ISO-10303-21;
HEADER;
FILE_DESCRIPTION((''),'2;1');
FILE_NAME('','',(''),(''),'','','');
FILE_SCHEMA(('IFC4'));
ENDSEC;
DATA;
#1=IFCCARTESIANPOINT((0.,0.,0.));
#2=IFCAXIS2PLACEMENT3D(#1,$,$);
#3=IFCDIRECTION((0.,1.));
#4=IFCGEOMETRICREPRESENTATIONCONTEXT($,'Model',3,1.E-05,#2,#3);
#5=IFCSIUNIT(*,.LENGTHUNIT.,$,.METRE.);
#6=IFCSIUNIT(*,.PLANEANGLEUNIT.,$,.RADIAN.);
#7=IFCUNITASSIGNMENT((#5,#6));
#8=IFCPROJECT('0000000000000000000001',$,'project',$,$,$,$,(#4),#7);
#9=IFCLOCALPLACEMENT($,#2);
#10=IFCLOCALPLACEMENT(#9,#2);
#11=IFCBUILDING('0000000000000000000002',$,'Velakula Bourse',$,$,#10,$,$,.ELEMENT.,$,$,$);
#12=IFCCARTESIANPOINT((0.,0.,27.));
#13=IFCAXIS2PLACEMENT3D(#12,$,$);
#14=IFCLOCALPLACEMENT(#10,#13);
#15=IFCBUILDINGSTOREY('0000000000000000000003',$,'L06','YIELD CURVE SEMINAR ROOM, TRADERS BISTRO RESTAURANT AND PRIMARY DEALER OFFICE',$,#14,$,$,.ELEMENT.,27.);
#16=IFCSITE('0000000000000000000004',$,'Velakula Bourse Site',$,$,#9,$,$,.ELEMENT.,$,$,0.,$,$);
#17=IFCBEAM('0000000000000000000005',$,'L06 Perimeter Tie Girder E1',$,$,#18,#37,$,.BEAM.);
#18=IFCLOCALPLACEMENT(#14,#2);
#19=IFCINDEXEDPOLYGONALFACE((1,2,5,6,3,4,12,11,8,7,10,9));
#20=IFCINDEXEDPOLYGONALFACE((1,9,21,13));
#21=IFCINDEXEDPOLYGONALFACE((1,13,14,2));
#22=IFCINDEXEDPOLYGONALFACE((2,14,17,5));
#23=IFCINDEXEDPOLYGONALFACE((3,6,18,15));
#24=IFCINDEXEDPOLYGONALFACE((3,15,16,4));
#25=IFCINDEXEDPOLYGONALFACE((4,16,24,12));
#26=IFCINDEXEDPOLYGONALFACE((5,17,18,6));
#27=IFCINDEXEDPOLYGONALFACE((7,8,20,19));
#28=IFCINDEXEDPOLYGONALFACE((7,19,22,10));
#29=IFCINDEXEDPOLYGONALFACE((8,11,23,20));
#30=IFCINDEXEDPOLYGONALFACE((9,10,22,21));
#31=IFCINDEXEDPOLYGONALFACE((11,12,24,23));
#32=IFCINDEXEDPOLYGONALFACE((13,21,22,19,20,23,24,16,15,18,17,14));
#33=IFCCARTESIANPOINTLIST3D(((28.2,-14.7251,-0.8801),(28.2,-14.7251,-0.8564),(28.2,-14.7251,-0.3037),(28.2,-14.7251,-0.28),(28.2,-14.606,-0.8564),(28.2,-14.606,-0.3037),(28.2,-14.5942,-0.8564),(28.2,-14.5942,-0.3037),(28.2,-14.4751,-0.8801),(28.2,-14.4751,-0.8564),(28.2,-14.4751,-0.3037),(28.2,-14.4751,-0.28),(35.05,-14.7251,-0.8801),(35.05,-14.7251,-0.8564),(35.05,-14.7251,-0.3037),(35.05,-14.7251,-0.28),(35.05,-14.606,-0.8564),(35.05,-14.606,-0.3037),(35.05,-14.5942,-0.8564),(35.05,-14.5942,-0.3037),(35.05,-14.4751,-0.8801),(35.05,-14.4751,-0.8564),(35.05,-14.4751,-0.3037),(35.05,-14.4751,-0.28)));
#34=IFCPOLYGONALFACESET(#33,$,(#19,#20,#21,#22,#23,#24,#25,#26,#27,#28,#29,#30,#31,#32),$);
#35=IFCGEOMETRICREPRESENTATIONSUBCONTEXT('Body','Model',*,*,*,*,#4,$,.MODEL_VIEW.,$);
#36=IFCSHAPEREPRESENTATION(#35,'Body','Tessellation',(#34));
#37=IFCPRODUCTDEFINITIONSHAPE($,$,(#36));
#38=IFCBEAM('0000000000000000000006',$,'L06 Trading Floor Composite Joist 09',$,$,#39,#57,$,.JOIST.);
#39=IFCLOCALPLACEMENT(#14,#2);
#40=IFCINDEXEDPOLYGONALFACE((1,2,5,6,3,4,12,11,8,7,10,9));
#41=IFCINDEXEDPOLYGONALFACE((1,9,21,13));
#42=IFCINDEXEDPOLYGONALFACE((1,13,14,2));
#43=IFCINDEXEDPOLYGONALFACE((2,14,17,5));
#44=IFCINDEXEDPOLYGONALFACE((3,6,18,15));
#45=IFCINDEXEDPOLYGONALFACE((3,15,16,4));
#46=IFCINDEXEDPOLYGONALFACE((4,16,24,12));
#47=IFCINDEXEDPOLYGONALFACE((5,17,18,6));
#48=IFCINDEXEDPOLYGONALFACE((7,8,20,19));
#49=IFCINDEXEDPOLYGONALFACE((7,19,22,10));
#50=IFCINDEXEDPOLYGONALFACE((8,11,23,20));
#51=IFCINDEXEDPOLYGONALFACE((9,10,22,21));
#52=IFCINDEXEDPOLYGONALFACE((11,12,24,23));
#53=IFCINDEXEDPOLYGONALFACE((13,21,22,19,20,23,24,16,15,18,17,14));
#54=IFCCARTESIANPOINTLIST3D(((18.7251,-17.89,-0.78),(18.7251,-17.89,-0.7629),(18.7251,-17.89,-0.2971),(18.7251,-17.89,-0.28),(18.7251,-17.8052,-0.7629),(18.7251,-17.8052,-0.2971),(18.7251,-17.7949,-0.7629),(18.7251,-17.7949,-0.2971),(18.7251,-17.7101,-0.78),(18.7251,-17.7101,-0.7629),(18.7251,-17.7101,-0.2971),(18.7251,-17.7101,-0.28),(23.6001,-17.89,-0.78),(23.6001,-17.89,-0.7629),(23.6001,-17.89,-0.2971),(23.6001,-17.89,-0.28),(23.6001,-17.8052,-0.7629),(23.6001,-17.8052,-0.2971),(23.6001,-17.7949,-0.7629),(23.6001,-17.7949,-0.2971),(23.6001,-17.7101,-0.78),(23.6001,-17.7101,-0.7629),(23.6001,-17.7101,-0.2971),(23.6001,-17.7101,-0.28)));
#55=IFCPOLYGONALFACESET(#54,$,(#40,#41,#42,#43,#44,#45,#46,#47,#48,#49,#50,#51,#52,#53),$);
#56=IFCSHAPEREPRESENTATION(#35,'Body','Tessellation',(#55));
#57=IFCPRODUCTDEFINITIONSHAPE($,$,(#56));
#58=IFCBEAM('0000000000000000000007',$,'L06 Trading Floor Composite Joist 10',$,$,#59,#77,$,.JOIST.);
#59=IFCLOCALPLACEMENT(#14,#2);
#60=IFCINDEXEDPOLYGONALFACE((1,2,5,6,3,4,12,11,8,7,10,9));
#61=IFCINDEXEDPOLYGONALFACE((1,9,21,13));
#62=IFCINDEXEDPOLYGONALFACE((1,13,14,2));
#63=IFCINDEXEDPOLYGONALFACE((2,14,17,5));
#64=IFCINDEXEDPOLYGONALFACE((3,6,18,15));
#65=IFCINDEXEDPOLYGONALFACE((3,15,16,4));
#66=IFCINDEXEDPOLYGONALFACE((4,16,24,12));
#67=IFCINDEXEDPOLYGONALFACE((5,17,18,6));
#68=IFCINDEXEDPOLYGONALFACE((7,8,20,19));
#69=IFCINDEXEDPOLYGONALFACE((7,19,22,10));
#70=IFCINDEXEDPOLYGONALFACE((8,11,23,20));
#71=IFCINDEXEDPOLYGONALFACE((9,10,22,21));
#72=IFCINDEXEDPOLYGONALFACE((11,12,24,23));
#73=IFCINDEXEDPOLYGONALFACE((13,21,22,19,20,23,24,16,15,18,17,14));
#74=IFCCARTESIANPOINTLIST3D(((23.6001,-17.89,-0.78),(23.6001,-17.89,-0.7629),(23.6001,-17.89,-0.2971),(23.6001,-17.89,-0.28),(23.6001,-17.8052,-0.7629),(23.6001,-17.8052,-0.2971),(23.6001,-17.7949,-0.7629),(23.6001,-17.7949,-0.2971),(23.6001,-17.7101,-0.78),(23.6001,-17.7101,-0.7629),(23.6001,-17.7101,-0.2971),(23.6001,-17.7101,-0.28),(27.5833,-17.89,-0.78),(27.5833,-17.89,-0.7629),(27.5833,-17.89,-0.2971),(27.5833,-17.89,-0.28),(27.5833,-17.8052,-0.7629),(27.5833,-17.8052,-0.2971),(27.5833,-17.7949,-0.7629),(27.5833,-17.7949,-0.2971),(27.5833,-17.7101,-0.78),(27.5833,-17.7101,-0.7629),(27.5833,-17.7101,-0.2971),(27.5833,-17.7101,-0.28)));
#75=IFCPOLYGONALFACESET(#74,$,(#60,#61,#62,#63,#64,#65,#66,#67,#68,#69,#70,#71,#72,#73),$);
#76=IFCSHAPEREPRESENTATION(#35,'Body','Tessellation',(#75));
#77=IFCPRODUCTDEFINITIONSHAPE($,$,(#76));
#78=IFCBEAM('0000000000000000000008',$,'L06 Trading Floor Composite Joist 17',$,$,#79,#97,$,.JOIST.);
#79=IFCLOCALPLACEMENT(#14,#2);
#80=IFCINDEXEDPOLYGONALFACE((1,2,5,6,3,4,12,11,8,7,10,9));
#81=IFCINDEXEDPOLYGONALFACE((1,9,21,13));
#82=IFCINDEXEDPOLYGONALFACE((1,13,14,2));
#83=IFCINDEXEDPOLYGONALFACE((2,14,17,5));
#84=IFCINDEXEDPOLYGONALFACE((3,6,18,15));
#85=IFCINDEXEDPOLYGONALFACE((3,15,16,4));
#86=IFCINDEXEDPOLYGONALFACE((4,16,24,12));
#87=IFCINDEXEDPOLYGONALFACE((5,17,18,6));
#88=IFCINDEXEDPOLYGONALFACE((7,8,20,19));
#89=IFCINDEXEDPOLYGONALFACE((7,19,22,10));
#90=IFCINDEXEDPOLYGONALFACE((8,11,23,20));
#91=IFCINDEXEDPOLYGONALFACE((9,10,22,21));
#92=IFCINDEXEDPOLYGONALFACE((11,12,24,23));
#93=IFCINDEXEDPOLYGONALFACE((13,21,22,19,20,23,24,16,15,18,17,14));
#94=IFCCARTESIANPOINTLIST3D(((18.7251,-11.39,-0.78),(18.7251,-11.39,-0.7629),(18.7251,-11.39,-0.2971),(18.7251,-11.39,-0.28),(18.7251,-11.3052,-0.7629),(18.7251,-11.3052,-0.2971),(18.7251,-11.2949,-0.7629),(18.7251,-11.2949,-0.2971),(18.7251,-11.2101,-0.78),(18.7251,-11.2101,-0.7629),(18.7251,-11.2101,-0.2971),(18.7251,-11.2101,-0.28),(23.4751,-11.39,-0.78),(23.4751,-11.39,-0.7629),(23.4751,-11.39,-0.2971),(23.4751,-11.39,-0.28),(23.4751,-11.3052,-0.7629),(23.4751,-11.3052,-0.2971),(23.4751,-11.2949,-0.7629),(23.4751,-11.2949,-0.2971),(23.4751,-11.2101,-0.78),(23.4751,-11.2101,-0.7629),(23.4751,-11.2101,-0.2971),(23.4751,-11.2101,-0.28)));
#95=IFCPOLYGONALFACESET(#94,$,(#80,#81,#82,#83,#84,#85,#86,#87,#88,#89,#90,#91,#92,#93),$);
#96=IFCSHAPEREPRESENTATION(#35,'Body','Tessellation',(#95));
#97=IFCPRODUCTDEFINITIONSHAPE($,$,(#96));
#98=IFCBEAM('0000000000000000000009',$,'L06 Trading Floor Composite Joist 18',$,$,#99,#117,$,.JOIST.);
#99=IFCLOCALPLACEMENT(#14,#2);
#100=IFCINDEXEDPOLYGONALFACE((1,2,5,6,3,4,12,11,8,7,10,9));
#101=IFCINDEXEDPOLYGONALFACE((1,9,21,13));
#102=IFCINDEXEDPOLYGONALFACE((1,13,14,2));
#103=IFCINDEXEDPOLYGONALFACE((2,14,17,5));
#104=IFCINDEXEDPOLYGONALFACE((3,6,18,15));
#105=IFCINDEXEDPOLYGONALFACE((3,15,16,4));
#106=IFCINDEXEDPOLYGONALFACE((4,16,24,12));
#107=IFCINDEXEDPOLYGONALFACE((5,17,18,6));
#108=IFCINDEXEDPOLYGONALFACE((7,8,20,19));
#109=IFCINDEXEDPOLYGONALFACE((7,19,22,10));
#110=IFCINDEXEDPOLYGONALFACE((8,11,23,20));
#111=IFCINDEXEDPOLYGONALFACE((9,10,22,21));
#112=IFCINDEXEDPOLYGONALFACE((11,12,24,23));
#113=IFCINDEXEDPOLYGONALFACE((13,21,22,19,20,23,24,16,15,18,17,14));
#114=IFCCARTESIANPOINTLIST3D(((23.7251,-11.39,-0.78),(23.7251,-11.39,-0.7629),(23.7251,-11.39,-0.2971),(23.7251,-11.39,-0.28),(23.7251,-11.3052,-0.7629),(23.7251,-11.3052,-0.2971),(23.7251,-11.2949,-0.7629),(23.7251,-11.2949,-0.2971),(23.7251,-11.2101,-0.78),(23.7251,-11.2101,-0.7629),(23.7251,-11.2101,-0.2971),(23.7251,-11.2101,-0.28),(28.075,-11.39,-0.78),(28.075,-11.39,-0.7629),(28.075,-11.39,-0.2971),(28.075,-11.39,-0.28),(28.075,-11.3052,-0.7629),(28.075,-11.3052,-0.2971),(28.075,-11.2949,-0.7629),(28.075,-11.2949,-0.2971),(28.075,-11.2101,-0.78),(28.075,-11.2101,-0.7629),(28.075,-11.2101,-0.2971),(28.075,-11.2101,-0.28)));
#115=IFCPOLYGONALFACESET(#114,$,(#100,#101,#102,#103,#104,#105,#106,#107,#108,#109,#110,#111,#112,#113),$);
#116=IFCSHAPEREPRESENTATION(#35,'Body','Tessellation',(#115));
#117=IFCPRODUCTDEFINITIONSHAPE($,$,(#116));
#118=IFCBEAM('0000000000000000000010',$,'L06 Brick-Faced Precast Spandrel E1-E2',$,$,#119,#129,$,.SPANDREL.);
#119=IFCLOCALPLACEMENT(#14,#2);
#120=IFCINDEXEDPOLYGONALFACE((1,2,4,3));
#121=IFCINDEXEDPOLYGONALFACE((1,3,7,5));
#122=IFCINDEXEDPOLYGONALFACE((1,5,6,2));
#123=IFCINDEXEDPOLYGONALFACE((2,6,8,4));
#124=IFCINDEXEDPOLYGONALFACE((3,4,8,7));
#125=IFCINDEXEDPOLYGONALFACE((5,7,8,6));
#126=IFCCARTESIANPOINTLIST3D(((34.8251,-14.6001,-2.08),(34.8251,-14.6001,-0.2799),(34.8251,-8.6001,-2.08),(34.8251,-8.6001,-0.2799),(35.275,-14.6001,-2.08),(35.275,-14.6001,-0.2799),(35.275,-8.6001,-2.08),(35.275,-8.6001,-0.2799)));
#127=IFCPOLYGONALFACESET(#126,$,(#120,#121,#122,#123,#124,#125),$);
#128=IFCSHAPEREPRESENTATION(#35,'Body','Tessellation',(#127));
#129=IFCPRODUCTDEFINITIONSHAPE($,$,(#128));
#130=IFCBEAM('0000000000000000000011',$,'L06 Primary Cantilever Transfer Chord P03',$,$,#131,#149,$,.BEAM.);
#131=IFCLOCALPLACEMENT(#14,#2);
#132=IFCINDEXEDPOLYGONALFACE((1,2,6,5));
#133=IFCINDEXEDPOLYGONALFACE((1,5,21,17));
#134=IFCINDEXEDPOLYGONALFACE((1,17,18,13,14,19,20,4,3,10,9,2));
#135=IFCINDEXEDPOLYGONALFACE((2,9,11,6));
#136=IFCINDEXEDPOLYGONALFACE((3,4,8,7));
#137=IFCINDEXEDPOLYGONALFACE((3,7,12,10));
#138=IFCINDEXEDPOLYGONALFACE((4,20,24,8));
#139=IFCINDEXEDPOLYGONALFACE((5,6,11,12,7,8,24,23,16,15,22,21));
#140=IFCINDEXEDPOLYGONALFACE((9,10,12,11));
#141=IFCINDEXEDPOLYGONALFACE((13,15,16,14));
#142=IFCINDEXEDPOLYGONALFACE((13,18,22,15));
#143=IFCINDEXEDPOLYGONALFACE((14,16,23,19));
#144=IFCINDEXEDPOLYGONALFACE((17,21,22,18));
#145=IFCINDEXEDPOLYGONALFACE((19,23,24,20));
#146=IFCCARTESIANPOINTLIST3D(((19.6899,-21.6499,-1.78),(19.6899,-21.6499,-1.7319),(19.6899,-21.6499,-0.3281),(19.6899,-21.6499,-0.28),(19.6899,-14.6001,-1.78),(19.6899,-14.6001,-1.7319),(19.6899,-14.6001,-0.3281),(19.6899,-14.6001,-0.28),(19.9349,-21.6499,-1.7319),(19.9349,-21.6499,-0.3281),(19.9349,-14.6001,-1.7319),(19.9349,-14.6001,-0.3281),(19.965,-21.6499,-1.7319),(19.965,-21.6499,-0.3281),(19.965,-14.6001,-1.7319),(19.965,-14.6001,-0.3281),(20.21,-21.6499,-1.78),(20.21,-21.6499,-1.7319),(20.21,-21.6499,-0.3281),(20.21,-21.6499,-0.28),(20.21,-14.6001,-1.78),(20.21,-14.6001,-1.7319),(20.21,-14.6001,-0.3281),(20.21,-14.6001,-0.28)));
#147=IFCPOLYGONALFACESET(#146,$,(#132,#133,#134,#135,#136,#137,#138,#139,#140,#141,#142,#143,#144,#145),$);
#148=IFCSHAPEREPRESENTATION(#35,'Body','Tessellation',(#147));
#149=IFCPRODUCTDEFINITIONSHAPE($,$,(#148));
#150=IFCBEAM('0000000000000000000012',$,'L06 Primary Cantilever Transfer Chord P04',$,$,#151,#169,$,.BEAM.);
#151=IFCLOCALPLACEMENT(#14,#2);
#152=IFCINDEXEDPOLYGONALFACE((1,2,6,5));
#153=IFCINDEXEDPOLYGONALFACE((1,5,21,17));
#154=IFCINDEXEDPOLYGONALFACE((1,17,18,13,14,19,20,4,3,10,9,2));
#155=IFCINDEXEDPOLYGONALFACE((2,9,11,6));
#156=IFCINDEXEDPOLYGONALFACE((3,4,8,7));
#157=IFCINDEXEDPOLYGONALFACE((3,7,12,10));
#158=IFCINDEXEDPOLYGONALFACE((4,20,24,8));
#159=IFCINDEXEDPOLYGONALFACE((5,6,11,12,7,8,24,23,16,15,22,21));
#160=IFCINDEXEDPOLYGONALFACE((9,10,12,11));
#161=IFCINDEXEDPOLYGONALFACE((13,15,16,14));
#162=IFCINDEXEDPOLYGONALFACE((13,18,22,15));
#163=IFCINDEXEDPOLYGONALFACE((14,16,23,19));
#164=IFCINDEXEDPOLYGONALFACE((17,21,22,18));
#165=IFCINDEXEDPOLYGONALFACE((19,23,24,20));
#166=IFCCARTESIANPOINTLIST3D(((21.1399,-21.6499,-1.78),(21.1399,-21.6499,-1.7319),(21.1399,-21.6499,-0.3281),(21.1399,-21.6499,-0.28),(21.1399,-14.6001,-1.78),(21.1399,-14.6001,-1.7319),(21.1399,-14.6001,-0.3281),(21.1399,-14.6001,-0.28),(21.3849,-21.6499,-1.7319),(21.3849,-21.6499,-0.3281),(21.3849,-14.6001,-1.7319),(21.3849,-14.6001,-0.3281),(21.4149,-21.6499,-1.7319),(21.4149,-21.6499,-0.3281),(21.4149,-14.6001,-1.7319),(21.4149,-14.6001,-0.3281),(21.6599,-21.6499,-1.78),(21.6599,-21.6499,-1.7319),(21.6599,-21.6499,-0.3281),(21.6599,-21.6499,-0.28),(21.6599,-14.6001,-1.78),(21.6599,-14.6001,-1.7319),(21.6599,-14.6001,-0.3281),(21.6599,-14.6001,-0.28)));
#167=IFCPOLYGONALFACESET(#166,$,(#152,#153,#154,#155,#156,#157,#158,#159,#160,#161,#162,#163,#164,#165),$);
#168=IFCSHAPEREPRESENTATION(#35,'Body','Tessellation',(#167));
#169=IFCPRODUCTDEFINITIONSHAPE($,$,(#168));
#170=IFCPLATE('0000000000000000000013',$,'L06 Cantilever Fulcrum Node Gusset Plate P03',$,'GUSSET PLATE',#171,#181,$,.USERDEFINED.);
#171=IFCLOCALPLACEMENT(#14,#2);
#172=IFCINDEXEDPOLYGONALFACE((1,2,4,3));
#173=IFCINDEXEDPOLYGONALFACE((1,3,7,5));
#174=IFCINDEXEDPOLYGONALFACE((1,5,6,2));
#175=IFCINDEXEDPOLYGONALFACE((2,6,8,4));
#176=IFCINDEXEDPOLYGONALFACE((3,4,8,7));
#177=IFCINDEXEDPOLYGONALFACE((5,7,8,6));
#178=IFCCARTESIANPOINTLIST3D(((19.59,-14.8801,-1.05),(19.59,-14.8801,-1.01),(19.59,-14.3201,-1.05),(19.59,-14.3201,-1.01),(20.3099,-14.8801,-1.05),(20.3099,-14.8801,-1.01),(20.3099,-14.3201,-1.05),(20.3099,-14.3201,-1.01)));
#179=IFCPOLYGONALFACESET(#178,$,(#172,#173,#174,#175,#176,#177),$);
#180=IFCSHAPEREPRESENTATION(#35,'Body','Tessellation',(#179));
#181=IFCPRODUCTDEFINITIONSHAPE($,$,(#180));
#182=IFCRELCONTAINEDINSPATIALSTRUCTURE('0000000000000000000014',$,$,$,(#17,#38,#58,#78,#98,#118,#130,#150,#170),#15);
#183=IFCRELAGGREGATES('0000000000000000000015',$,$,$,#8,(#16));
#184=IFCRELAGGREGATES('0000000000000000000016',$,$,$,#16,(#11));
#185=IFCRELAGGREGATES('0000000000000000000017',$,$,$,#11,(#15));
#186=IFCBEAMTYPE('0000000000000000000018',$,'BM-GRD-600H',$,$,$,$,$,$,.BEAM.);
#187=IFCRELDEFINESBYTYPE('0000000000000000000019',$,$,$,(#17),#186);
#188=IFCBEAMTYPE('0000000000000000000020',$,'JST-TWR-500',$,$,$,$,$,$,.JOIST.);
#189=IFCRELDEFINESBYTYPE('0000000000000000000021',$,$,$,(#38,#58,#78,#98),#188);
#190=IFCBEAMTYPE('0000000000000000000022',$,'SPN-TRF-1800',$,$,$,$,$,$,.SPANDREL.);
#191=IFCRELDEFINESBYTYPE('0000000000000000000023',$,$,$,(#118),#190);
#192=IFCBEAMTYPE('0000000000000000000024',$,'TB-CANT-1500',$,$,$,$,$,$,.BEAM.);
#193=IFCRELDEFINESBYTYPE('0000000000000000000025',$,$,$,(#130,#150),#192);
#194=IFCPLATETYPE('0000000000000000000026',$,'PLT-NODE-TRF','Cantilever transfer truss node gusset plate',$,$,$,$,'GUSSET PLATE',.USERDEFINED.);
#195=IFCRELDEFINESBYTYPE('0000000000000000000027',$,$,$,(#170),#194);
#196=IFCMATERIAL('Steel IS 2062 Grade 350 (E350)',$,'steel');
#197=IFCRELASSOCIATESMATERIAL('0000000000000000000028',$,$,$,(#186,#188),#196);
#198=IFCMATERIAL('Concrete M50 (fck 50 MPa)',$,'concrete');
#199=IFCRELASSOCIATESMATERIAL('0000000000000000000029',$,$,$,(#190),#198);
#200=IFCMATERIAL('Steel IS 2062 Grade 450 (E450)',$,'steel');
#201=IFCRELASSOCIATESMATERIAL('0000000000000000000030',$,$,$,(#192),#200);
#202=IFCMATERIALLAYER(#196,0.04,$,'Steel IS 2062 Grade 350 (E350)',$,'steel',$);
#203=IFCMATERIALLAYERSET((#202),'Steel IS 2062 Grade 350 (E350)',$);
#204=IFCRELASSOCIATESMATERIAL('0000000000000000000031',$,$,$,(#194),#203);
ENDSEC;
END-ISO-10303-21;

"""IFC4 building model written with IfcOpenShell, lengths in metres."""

from ifc_helpers import new_model, si_unit, direction, frame, origin, origin_2d, place, context, subcontext, project, spatial, rectangle, i_section, extrude, material, layer, layer_set, material_profile, profile_set, type_object, element, save


model = new_model("IFC4")

# Units and contexts
model_context = context("Model", 3, precision=1e-05, world=origin(), true_north=direction((0.0, 1.0)))
body_context = subcontext(model_context, "Body", "Model", "MODEL_VIEW")
ifc_project = project(units=[si_unit("LENGTHUNIT", "METRE"), si_unit("PLANEANGLEUNIT", "RADIAN")], contexts=[model_context])

# Site, building, storey
site_placement = place(None, origin())
site = spatial("IfcSite", under=ifc_project, at=site_placement, Name="Velakula Bourse Site", CompositionType="ELEMENT", RefElevation=0.0)
building_placement = place(site_placement, origin())
building = spatial("IfcBuilding", under=site, at=building_placement, Name="Velakula Bourse", CompositionType="ELEMENT")
storey_placement = place(building_placement, frame((0.0, 0.0, 27.0)))
storey = spatial("IfcBuildingStorey", under=building, at=storey_placement, Name="L06", Description="YIELD CURVE SEMINAR ROOM, TRADERS BISTRO RESTAURANT AND PRIMARY DEALER OFFICE", CompositionType="ELEMENT", Elevation=27.0)

# Shared definitions
ifc_material_1 = material(Name="Steel IS 2062 Grade 450 (E450)", Category="steel")

# Beams
ifc_material_2 = material(Name="Steel IS 2062 Grade 350 (E350)", Category="steel")
ifc_material_profile_1 = material_profile(ifc_material_2, i_section(OverallWidth=0.25, OverallDepth=0.6001, WebThickness=0.0117, FlangeThickness=0.0237, at=origin_2d()), Name="Steel IS 2062 Grade 350 (E350)")
ifc_profile_set_1 = profile_set([ifc_material_profile_1], Name="Steel IS 2062 Grade 350 (E350)")
beam_type_1 = type_object("IfcBeamType", Name="BM-GRD-600H", PredefinedType="BEAM", material=ifc_profile_set_1)
beam_1_placement = place(storey_placement, frame((28.2, -14.6001, -0.5801), z_axis=(1.0, 0.0, 0.0), x_axis=(0.0, 1.0, 0.0)))
element("IfcBeam", 1, at=beam_1_placement, inside=storey, type_object=beam_type_1, Name="L06 Perimeter Tie Girder E1", PredefinedType="BEAM", context=body_context, shape_type="SweptSolid", body=[
    extrude(i_section(OverallWidth=0.25, OverallDepth=0.6001, WebThickness=0.0117, FlangeThickness=0.0237, at=origin_2d()), origin(), (0.0, 0.0, 1.0), 6.8501),
])
ifc_material_profile_2 = material_profile(ifc_material_2, i_section(OverallWidth=0.1799, OverallDepth=0.5, WebThickness=0.0103, FlangeThickness=0.0171, at=origin_2d()), Name="Steel IS 2062 Grade 350 (E350)")
ifc_profile_set_2 = profile_set([ifc_material_profile_2], Name="Steel IS 2062 Grade 350 (E350)")
beam_type_2 = type_object("IfcBeamType", Name="JST-TWR-500", PredefinedType="JOIST", material=ifc_profile_set_2)
beam_2_placement = place(storey_placement, frame((18.7251, -17.8, -0.53), z_axis=(1.0, 0.0, 0.0), x_axis=(0.0, 1.0, 0.0)))
element("IfcBeam", 2, at=beam_2_placement, inside=storey, type_object=beam_type_2, Name="L06 Trading Floor Composite Joist 09", PredefinedType="JOIST", context=body_context, shape_type="SweptSolid", body=[
    extrude(i_section(OverallWidth=0.1799, OverallDepth=0.5, WebThickness=0.0103, FlangeThickness=0.0171, at=origin_2d()), origin(), (0.0, 0.0, 1.0), 4.875),
])
beam_3_placement = place(storey_placement, frame((23.6001, -17.8, -0.53), z_axis=(1.0, 0.0, 0.0), x_axis=(0.0, 1.0, 0.0)))
element("IfcBeam", 3, at=beam_3_placement, inside=storey, type_object=beam_type_2, Name="L06 Trading Floor Composite Joist 10", PredefinedType="JOIST", context=body_context, shape_type="SweptSolid", body=[
    extrude(i_section(OverallWidth=0.1799, OverallDepth=0.5, WebThickness=0.0103, FlangeThickness=0.0171, at=origin_2d()), origin(), (0.0, 0.0, 1.0), 3.9832),
])
beam_4_placement = place(storey_placement, frame((18.7251, -11.3, -0.53), z_axis=(1.0, 0.0, 0.0), x_axis=(0.0, 1.0, 0.0)))
element("IfcBeam", 4, at=beam_4_placement, inside=storey, type_object=beam_type_2, Name="L06 Trading Floor Composite Joist 17", PredefinedType="JOIST", context=body_context, shape_type="SweptSolid", body=[
    extrude(i_section(OverallWidth=0.1799, OverallDepth=0.5, WebThickness=0.0103, FlangeThickness=0.0171, at=origin_2d()), origin(), (0.0, 0.0, 1.0), 4.75),
])
beam_5_placement = place(storey_placement, frame((23.7251, -11.3, -0.53), z_axis=(1.0, 0.0, 0.0), x_axis=(0.0, 1.0, 0.0)))
element("IfcBeam", 5, at=beam_5_placement, inside=storey, type_object=beam_type_2, Name="L06 Trading Floor Composite Joist 18", PredefinedType="JOIST", context=body_context, shape_type="SweptSolid", body=[
    extrude(i_section(OverallWidth=0.1799, OverallDepth=0.5, WebThickness=0.0103, FlangeThickness=0.0171, at=origin_2d()), origin(), (0.0, 0.0, 1.0), 4.3499),
])
ifc_material_3 = material(Name="Concrete M50 (fck 50 MPa)", Category="concrete")
ifc_material_profile_3 = material_profile(ifc_material_3, rectangle(XDim=0.45, YDim=1.8, at=origin_2d()), Name="Concrete M50 (fck 50 MPa)")
ifc_profile_set_3 = profile_set([ifc_material_profile_3], Name="Concrete M50 (fck 50 MPa)")
beam_type_3 = type_object("IfcBeamType", Name="SPN-TRF-1800", PredefinedType="SPANDREL", material=ifc_profile_set_3)
beam_6_placement = place(storey_placement, frame((35.05, -14.6001, -1.1799), z_axis=(0.0, 1.0, 0.0), x_axis=(-1.0, 0.0, 0.0)))
element("IfcBeam", 6, at=beam_6_placement, inside=storey, type_object=beam_type_3, Name="L06 Brick-Faced Precast Spandrel E1-E2", PredefinedType="SPANDREL", context=body_context, shape_type="SweptSolid", body=[
    extrude(rectangle(XDim=0.45, YDim=1.8, at=origin_2d()), origin(), (0.0, 0.0, 1.0), 6.0),
])
ifc_material_profile_4 = material_profile(ifc_material_1, i_section(OverallWidth=0.52, OverallDepth=1.5, WebThickness=0.03, FlangeThickness=0.0481, at=origin_2d()), Name="Steel IS 2062 Grade 450 (E450)")
ifc_profile_set_4 = profile_set([ifc_material_profile_4], Name="Steel IS 2062 Grade 450 (E450)")
beam_type_4 = type_object("IfcBeamType", Name="TB-CANT-1500", PredefinedType="BEAM", material=ifc_profile_set_4)
for number, where, z_axis, x_axis, name in (
    (7, (19.95, -14.6001, -1.03), (0.0, -1.0, 0.0), (1.0, 0.0, 0.0), "L06 Primary Cantilever Transfer Chord P03"),
    (8, (21.3999, -14.6001, -1.03), (0.0, -1.0, 0.0), (1.0, 0.0, 0.0), "L06 Primary Cantilever Transfer Chord P04"),
):
    element("IfcBeam", number, at=place(storey_placement, frame(where, z_axis=z_axis, x_axis=x_axis)), inside=storey, type_object=beam_type_4, Name=name, PredefinedType="BEAM", context=body_context, shape_type="SweptSolid", body=[
        extrude(i_section(OverallWidth=0.52, OverallDepth=1.5, WebThickness=0.03, FlangeThickness=0.0481, at=origin_2d()), origin(), (0.0, 0.0, 1.0), 7.0498),
    ])

# Plate
ifc_layer_1 = layer(ifc_material_2, 0.04, Name="Steel IS 2062 Grade 350 (E350)", Category="steel")
ifc_layer_set_1 = layer_set([ifc_layer_1], Name="Steel IS 2062 Grade 350 (E350)")
plate_type = type_object("IfcPlateType", Name="PLT-NODE-TRF", Description="Cantilever transfer truss node gusset plate", ElementType="GUSSET PLATE", PredefinedType="USERDEFINED", material=ifc_layer_set_1)
for number, where, z_axis, x_axis, name in (
    (9, (19.95, -14.6001, -1.05), (0.0, 0.0, 1.0), (0.0, 1.0, 0.0), "L06 Cantilever Fulcrum Node Gusset Plate P03"),
):
    element("IfcPlate", number, at=place(storey_placement, frame(where, z_axis=z_axis, x_axis=x_axis)), inside=storey, type_object=plate_type, Name=name, ObjectType="GUSSET PLATE", PredefinedType="USERDEFINED", context=body_context, shape_type="SweptSolid", body=[
        extrude(rectangle(XDim=0.5601, YDim=0.72, at=origin_2d()), origin(), (0.0, 0.0, 1.0), 0.04),
    ])

save(model, "model.ifc")
